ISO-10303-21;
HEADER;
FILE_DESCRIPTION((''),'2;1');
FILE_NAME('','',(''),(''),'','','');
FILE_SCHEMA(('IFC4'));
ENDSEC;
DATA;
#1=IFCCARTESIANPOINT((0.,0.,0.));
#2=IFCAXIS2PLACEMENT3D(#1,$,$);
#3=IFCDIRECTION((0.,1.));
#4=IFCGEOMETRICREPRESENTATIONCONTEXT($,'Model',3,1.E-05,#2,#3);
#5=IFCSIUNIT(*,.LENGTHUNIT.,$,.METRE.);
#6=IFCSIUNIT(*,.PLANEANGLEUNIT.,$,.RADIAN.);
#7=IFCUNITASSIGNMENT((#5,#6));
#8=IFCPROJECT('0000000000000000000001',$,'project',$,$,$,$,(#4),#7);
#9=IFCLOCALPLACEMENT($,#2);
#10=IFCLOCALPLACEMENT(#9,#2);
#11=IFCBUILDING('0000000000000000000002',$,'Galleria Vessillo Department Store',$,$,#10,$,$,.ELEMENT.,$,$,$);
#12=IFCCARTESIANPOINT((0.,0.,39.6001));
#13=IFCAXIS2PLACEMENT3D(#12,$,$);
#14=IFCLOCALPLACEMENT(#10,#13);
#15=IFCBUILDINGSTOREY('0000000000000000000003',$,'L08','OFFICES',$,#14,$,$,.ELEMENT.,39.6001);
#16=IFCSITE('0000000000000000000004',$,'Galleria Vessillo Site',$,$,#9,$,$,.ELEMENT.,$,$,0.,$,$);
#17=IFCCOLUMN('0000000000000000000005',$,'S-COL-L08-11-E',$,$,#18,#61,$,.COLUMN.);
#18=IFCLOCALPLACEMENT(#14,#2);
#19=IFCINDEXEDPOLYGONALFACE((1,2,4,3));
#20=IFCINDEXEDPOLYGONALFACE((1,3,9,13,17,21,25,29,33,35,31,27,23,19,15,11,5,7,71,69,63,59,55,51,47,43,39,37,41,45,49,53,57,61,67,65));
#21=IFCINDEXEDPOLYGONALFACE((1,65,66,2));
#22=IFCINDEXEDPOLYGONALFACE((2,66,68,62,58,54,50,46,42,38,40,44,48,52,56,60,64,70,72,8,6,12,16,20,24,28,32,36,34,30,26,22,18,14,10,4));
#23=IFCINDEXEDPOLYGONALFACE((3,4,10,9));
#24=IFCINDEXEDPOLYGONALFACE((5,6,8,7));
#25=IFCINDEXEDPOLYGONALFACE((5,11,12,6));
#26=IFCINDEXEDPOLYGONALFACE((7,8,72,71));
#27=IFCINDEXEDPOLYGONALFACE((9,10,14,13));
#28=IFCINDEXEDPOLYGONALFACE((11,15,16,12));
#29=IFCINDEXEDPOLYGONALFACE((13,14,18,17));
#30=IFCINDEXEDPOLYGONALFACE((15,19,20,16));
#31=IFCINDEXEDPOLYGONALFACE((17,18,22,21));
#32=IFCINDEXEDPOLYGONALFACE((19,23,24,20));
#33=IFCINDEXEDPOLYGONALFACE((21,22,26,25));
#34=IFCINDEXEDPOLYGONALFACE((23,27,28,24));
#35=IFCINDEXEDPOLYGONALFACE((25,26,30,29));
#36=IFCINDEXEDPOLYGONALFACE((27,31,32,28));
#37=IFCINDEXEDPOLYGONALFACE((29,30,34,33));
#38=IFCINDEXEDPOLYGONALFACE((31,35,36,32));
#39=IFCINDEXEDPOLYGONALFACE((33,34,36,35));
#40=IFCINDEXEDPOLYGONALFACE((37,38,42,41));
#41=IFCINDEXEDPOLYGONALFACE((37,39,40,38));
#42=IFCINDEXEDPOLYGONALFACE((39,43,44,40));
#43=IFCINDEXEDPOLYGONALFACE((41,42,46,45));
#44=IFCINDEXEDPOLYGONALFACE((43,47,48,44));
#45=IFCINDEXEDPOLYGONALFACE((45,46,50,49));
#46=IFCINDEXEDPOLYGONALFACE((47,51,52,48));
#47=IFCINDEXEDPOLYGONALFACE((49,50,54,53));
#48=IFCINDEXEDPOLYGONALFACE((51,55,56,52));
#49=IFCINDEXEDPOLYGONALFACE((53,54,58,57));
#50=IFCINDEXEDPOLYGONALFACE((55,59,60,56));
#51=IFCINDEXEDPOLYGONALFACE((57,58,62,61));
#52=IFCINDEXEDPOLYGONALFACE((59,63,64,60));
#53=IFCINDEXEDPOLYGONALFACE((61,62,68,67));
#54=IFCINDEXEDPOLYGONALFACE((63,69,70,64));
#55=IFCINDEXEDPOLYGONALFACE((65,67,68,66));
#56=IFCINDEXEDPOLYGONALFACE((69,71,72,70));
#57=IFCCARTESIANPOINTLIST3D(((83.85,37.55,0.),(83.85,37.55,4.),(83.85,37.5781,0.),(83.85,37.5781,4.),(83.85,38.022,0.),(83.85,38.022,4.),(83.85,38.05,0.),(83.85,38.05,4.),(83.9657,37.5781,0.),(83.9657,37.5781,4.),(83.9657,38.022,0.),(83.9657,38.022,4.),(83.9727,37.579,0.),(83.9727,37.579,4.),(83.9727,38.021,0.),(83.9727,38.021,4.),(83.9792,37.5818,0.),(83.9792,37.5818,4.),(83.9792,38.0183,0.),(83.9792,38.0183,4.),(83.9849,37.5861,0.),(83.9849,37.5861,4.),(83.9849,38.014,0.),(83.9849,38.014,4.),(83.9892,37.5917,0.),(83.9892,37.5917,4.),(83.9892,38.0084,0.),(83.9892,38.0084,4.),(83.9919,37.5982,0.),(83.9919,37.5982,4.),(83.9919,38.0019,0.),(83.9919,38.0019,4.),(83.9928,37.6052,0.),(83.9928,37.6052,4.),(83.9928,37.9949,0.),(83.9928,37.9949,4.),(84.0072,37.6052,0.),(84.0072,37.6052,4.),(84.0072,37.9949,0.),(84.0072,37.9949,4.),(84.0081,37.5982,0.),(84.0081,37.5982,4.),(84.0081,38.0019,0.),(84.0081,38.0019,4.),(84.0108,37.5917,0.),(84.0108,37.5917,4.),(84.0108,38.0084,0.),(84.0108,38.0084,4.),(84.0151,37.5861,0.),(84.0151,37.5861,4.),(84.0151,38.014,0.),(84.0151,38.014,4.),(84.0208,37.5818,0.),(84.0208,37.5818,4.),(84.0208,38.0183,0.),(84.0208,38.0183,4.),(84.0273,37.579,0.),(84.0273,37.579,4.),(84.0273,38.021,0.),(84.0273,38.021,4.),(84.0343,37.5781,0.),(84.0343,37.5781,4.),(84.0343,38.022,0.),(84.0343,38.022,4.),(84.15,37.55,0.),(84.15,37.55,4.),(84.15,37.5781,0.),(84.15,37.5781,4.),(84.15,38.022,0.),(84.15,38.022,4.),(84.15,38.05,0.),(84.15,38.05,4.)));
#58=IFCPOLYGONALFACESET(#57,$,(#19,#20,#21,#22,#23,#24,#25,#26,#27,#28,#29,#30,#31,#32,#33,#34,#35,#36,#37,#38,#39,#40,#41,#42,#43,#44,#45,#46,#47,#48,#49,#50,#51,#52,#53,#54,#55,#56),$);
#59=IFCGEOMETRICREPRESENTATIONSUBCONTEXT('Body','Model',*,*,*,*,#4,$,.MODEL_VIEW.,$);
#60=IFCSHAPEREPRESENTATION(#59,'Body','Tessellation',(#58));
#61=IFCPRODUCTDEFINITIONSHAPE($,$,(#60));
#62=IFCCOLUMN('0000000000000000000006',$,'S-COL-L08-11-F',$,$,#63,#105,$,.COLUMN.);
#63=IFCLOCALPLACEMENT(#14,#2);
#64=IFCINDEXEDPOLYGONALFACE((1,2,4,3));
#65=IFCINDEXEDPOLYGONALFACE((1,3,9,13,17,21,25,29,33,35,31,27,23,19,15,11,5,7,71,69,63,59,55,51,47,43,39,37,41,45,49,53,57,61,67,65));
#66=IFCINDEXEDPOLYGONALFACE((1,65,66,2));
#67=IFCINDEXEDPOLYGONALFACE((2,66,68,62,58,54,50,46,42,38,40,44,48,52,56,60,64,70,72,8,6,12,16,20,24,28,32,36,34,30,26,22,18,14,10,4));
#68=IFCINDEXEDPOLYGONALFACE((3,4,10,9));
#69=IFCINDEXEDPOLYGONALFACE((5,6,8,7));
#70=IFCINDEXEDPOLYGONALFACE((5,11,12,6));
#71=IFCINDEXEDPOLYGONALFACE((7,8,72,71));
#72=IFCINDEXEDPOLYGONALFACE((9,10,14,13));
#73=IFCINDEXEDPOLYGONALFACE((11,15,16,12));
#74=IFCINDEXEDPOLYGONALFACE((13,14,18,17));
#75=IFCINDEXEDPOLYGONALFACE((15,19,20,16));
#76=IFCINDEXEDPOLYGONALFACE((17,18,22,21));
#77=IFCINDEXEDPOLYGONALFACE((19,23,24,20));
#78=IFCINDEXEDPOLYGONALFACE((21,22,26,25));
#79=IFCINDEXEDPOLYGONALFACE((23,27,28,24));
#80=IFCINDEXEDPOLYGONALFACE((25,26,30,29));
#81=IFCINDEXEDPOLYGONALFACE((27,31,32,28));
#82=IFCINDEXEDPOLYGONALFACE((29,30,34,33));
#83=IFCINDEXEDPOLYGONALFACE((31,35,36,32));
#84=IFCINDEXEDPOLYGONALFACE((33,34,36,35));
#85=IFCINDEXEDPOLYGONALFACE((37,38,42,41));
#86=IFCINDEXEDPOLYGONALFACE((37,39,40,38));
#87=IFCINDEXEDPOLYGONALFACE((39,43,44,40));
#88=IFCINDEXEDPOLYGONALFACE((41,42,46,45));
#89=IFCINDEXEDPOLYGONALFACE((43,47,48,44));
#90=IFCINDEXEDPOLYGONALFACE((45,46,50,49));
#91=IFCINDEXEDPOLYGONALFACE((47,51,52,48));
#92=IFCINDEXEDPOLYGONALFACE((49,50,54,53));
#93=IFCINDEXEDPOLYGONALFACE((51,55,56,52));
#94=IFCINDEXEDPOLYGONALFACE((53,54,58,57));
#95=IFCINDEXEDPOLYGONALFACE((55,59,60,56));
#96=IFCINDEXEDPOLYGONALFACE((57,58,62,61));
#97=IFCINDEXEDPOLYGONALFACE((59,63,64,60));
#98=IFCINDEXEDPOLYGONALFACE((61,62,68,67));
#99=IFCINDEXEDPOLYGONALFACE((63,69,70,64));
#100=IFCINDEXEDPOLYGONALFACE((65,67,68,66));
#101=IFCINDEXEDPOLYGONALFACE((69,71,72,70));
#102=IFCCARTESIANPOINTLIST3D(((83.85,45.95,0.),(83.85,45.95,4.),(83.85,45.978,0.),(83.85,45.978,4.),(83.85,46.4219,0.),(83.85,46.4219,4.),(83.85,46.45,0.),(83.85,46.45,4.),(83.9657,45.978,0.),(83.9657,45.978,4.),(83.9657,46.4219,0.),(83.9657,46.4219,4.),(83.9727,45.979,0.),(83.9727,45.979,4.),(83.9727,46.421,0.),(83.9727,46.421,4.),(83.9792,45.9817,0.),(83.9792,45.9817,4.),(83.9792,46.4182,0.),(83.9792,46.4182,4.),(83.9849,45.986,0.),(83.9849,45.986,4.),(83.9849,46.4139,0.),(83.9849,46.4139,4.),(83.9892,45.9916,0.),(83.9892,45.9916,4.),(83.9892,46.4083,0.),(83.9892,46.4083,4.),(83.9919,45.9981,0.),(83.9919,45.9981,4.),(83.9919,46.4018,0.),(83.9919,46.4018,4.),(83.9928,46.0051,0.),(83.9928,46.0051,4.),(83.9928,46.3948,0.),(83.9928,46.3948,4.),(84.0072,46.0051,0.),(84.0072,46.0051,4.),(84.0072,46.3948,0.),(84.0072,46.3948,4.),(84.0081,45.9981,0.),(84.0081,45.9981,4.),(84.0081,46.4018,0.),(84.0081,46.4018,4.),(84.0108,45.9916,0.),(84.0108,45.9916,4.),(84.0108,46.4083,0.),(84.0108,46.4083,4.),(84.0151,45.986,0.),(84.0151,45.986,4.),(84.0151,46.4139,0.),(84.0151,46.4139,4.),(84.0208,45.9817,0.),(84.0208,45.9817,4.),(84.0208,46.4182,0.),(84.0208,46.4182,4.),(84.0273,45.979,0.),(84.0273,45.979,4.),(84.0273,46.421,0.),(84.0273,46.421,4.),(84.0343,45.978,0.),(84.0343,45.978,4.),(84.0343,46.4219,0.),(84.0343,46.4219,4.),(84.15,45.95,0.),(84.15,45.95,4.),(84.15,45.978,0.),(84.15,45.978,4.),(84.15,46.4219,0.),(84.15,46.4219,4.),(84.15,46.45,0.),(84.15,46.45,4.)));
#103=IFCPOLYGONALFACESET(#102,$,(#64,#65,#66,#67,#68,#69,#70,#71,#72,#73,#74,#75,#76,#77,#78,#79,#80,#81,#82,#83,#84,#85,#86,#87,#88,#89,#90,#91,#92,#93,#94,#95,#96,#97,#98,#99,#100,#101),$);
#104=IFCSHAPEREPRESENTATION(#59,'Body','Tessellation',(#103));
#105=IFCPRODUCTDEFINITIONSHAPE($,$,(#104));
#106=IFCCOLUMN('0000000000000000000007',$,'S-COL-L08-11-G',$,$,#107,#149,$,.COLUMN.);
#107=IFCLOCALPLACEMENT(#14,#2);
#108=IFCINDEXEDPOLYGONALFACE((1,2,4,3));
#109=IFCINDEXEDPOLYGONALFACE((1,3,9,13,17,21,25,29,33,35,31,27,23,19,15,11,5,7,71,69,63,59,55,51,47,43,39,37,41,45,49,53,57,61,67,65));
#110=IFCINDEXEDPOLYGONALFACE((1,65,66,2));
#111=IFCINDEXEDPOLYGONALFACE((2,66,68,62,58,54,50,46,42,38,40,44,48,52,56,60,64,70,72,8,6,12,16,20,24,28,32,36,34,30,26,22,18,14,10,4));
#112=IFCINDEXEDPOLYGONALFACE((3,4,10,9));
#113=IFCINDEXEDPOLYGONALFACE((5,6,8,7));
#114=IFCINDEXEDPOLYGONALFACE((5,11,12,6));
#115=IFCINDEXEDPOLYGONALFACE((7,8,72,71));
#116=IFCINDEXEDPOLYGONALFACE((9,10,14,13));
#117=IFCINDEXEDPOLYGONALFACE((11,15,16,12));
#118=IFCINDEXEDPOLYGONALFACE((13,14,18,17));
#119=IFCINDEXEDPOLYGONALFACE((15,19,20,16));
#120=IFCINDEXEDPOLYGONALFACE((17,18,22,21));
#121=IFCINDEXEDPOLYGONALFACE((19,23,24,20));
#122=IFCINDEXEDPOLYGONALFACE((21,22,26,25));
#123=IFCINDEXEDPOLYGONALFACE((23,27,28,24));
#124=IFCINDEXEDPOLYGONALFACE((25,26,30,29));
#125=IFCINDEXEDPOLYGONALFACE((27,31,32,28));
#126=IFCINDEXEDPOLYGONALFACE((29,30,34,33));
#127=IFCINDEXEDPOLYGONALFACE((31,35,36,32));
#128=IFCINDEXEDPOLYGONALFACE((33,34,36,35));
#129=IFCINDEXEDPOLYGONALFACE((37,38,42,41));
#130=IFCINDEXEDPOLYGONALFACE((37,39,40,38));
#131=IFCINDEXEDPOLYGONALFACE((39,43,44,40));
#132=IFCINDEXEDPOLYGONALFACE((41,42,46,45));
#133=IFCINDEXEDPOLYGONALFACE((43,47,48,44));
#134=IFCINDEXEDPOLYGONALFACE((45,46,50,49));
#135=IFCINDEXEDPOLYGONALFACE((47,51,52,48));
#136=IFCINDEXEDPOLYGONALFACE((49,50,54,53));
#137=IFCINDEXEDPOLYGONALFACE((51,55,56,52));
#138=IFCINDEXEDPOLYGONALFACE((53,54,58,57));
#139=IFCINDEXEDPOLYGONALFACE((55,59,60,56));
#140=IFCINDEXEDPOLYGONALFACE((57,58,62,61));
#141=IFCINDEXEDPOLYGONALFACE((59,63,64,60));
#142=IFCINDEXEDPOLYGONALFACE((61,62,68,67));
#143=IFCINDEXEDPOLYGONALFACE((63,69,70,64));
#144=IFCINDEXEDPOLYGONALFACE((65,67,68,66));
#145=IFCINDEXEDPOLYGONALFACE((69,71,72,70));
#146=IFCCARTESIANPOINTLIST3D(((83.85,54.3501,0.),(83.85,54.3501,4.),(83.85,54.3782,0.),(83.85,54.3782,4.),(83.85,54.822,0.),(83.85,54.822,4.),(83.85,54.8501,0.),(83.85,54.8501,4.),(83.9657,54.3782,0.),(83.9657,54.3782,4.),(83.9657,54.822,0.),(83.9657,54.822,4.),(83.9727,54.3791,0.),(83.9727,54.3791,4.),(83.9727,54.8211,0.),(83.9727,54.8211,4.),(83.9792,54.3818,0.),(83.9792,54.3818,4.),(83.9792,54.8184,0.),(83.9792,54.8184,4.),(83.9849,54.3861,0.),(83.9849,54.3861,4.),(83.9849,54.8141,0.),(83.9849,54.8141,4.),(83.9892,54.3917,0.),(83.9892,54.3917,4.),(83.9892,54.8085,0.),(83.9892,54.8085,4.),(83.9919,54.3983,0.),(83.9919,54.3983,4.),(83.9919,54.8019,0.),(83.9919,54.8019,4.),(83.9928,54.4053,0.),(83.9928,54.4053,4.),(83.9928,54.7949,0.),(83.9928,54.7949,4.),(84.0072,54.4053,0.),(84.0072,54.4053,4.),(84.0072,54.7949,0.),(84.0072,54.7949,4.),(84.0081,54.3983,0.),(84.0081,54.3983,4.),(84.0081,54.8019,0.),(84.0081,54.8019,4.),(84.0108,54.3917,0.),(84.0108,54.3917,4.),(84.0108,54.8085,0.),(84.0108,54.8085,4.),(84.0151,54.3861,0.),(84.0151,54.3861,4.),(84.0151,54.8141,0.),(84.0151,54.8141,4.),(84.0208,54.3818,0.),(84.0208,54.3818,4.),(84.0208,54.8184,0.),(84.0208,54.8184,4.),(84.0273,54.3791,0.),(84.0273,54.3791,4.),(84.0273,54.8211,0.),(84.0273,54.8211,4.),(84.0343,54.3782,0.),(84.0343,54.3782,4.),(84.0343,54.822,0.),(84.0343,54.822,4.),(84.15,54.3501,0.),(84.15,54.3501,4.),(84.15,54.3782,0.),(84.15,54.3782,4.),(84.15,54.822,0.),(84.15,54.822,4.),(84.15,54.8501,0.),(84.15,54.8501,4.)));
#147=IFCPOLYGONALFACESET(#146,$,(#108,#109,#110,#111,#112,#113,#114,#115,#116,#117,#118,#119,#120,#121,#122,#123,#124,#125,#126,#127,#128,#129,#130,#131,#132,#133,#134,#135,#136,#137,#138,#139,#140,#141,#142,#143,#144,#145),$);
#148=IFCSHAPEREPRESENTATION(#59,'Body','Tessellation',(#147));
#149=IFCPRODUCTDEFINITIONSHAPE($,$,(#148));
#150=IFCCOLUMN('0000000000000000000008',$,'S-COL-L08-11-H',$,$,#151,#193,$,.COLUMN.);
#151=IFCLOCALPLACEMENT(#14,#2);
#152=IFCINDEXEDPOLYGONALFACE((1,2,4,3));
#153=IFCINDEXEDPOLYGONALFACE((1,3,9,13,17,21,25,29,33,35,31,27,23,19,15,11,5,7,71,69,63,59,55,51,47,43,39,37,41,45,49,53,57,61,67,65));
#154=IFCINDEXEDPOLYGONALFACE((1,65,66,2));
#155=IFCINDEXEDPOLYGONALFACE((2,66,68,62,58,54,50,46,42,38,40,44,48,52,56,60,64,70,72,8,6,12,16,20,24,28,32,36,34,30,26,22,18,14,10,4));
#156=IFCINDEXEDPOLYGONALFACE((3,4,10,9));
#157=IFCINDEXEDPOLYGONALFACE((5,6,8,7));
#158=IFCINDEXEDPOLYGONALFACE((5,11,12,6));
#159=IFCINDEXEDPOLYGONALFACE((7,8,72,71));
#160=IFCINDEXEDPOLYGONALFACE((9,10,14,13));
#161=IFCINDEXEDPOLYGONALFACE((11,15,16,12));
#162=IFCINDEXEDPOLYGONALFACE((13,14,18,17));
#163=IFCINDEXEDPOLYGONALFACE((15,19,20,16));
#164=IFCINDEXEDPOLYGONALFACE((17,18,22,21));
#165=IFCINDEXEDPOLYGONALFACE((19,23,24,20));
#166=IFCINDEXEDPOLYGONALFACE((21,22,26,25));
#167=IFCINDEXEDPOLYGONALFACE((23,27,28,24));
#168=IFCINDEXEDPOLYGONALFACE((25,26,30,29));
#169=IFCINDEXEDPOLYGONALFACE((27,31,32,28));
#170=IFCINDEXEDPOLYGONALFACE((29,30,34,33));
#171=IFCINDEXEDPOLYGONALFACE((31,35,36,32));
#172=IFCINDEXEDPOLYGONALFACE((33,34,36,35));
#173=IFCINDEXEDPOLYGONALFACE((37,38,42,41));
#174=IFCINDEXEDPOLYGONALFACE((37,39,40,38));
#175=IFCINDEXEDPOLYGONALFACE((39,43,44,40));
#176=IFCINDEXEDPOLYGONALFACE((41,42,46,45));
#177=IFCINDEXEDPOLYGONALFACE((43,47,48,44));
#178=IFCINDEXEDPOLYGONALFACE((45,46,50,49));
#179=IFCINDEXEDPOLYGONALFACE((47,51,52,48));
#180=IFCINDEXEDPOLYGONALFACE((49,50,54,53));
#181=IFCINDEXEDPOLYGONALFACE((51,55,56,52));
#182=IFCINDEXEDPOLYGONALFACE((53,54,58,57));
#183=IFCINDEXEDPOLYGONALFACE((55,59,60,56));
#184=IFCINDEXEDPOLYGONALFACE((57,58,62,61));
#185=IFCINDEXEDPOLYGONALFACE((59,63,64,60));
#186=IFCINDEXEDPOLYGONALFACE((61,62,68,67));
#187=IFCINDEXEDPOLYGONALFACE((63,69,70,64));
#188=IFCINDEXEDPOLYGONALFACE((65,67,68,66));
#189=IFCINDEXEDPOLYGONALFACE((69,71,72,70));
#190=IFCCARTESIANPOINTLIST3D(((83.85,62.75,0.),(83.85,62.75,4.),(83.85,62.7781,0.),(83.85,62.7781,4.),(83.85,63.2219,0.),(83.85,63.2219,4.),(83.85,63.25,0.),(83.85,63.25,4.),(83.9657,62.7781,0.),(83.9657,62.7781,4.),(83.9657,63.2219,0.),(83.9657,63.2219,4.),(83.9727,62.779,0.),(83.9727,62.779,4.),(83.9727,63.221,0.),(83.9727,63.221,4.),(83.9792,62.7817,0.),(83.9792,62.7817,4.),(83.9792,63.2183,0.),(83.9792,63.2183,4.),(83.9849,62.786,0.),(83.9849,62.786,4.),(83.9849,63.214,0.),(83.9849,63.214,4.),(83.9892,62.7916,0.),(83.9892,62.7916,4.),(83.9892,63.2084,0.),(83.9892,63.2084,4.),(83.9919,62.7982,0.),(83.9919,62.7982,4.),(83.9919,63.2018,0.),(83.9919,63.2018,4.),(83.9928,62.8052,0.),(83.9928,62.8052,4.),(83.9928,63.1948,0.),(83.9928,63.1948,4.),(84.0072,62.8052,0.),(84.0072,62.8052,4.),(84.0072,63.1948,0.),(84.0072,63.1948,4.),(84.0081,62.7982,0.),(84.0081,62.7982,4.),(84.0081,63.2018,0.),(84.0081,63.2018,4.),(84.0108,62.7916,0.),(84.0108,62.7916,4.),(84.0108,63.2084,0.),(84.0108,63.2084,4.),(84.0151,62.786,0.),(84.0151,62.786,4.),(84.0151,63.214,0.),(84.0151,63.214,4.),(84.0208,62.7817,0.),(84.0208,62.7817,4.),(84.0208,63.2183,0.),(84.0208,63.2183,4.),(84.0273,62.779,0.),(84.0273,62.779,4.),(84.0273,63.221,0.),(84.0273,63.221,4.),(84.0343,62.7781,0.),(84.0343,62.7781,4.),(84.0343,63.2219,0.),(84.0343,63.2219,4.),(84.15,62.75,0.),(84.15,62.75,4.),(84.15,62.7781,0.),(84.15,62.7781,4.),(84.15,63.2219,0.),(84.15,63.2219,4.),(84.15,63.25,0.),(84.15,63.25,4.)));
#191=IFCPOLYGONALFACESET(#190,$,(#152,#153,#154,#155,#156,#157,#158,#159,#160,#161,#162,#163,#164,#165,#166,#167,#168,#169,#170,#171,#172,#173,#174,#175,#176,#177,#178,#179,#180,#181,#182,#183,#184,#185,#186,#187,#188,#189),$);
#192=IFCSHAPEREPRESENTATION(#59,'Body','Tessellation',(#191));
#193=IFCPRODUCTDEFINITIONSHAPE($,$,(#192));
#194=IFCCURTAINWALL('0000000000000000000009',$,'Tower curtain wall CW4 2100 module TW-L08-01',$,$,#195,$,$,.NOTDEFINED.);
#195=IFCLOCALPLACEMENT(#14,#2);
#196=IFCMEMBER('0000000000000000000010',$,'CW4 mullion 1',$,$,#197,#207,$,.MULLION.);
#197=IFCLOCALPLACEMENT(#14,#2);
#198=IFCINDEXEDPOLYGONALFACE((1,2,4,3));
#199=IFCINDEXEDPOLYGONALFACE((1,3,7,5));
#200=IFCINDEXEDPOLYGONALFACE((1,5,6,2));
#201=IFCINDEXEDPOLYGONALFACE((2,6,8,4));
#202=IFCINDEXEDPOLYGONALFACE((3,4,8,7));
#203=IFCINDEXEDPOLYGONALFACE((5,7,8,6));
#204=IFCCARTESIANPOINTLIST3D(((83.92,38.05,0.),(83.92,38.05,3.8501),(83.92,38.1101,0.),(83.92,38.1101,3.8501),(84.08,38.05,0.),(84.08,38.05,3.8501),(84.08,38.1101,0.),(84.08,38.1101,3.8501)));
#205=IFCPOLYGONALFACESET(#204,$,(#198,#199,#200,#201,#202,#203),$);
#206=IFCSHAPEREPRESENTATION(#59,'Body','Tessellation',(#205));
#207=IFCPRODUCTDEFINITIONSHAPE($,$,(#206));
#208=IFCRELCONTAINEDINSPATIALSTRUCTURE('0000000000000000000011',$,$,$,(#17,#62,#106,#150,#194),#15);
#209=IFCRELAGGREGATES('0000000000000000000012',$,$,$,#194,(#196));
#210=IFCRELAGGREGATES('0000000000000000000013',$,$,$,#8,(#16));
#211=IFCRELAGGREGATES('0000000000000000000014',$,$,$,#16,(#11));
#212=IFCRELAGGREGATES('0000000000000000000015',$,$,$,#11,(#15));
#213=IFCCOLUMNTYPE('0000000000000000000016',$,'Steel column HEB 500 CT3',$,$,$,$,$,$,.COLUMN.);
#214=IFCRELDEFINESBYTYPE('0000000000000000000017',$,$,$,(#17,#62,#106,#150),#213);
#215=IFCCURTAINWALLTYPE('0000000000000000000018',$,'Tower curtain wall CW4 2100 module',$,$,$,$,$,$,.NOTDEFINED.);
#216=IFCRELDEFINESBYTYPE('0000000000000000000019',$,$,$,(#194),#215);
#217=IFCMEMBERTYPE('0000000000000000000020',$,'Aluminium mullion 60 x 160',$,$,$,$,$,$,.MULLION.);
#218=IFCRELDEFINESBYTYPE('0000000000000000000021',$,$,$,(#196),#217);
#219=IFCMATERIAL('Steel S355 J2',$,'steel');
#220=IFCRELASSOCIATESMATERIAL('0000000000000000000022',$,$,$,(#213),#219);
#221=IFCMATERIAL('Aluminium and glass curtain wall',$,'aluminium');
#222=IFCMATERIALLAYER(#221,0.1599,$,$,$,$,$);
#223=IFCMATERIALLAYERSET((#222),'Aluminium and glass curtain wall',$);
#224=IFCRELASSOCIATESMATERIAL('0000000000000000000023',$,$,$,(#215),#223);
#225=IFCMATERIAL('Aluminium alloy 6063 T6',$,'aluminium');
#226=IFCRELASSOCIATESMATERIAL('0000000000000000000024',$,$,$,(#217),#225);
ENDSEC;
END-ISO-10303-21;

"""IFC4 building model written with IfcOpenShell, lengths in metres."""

from ifc_helpers import new_model, si_unit, direction, frame, origin, origin_2d, place, context, subcontext, project, spatial, rectangle, i_section, extrude, material, layer, layer_set, material_profile, profile_set, type_object, element, aggregate, save


model = new_model("IFC4")

# Units and contexts
model_context = context("Model", 3, precision=1e-05, world=origin(), true_north=direction((0.0, 1.0)))
body_context = subcontext(model_context, "Body", "Model", "MODEL_VIEW")
ifc_project = project(units=[si_unit("LENGTHUNIT", "METRE"), si_unit("PLANEANGLEUNIT", "RADIAN")], contexts=[model_context])

# Site, building, storey
site_placement = place(None, origin())
site = spatial("IfcSite", under=ifc_project, at=site_placement, Name="Galleria Vessillo Site", CompositionType="ELEMENT", RefElevation=0.0)
building_placement = place(site_placement, origin())
building = spatial("IfcBuilding", under=site, at=building_placement, Name="Galleria Vessillo Department Store", CompositionType="ELEMENT")
storey_placement = place(building_placement, frame((0.0, 0.0, 39.6001)))
storey = spatial("IfcBuildingStorey", under=building, at=storey_placement, Name="L08", Description="OFFICES", CompositionType="ELEMENT", Elevation=39.6001)

# Columns
ifc_material_1 = material(Name="Steel S355 J2", Category="steel")
ifc_material_profile_1 = material_profile(ifc_material_1, i_section(OverallWidth=0.3, OverallDepth=0.5, WebThickness=0.0144, FlangeThickness=0.0281, FilletRadius=0.0271, at=origin_2d()), Name="HEB 500")
ifc_profile_set_1 = profile_set([ifc_material_profile_1], Name="Steel S355 J2")
column_type = type_object("IfcColumnType", Name="Steel column HEB 500 CT3", PredefinedType="COLUMN", material=ifc_profile_set_1)
for number, where, z_axis, x_axis, name in (
    (1, (84.0, 37.8, 0.0), (0.0, 0.0, 1.0), (1.0, 0.0, 0.0), "S-COL-L08-11-E"),
    (2, (84.0, 46.2, 0.0), (0.0, 0.0, 1.0), (1.0, 0.0, 0.0), "S-COL-L08-11-F"),
    (3, (84.0, 54.6001, 0.0), (0.0, 0.0, 1.0), (1.0, 0.0, 0.0), "S-COL-L08-11-G"),
    (4, (84.0, 63.0, 0.0), (0.0, 0.0, 1.0), (1.0, 0.0, 0.0), "S-COL-L08-11-H"),
):
    element("IfcColumn", number, at=place(storey_placement, frame(where, z_axis=z_axis, x_axis=x_axis)), inside=storey, type_object=column_type, Name=name, PredefinedType="COLUMN", context=body_context, shape_type="SweptSolid", body=[
        extrude(i_section(OverallWidth=0.3, OverallDepth=0.5, WebThickness=0.0144, FlangeThickness=0.0281, FilletRadius=0.0271, at=origin_2d()), origin(), (0.0, 0.0, 1.0), 4.0),
    ])

# Curtain wall, member
ifc_material_2 = material(Name="Aluminium and glass curtain wall", Category="aluminium")
ifc_layer_1 = layer(ifc_material_2, 0.1599)
ifc_layer_set_1 = layer_set([ifc_layer_1], Name="Aluminium and glass curtain wall")
curtain_wall_type = type_object("IfcCurtainWallType", Name="Tower curtain wall CW4 2100 module", PredefinedType="NOTDEFINED", material=ifc_layer_set_1)
curtain_wall_placement = place(storey_placement, origin())
curtain_wall = element("IfcCurtainWall", 5, at=curtain_wall_placement, inside=storey, type_object=curtain_wall_type, Name="Tower curtain wall CW4 2100 module TW-L08-01", PredefinedType="NOTDEFINED")
ifc_material_3 = material(Name="Aluminium alloy 6063 T6", Category="aluminium")
ifc_material_profile_2 = material_profile(ifc_material_3, rectangle(XDim=0.1599, YDim=0.0601, at=origin_2d()), Name="AL 60x160")
ifc_profile_set_2 = profile_set([ifc_material_profile_2], Name="Aluminium alloy 6063 T6")
member_type = type_object("IfcMemberType", Name="Aluminium mullion 60 x 160", PredefinedType="MULLION", material=ifc_profile_set_2)
member_placement = place(storey_placement, frame((84.0, 38.0801, 0.0), z_axis=(0.0, 0.0, 1.0), x_axis=(-1.0, 0.0, 0.0)))
member = element("IfcMember", 6, at=member_placement, type_object=member_type, Name="CW4 mullion 1", PredefinedType="MULLION", context=body_context, shape_type="SweptSolid", body=[
    extrude(rectangle(XDim=0.1599, YDim=0.0601, at=origin_2d()), origin(), (0.0, 0.0, 1.0), 3.8501),
])
aggregate(curtain_wall, [member])

save(model, "model.ifc")
